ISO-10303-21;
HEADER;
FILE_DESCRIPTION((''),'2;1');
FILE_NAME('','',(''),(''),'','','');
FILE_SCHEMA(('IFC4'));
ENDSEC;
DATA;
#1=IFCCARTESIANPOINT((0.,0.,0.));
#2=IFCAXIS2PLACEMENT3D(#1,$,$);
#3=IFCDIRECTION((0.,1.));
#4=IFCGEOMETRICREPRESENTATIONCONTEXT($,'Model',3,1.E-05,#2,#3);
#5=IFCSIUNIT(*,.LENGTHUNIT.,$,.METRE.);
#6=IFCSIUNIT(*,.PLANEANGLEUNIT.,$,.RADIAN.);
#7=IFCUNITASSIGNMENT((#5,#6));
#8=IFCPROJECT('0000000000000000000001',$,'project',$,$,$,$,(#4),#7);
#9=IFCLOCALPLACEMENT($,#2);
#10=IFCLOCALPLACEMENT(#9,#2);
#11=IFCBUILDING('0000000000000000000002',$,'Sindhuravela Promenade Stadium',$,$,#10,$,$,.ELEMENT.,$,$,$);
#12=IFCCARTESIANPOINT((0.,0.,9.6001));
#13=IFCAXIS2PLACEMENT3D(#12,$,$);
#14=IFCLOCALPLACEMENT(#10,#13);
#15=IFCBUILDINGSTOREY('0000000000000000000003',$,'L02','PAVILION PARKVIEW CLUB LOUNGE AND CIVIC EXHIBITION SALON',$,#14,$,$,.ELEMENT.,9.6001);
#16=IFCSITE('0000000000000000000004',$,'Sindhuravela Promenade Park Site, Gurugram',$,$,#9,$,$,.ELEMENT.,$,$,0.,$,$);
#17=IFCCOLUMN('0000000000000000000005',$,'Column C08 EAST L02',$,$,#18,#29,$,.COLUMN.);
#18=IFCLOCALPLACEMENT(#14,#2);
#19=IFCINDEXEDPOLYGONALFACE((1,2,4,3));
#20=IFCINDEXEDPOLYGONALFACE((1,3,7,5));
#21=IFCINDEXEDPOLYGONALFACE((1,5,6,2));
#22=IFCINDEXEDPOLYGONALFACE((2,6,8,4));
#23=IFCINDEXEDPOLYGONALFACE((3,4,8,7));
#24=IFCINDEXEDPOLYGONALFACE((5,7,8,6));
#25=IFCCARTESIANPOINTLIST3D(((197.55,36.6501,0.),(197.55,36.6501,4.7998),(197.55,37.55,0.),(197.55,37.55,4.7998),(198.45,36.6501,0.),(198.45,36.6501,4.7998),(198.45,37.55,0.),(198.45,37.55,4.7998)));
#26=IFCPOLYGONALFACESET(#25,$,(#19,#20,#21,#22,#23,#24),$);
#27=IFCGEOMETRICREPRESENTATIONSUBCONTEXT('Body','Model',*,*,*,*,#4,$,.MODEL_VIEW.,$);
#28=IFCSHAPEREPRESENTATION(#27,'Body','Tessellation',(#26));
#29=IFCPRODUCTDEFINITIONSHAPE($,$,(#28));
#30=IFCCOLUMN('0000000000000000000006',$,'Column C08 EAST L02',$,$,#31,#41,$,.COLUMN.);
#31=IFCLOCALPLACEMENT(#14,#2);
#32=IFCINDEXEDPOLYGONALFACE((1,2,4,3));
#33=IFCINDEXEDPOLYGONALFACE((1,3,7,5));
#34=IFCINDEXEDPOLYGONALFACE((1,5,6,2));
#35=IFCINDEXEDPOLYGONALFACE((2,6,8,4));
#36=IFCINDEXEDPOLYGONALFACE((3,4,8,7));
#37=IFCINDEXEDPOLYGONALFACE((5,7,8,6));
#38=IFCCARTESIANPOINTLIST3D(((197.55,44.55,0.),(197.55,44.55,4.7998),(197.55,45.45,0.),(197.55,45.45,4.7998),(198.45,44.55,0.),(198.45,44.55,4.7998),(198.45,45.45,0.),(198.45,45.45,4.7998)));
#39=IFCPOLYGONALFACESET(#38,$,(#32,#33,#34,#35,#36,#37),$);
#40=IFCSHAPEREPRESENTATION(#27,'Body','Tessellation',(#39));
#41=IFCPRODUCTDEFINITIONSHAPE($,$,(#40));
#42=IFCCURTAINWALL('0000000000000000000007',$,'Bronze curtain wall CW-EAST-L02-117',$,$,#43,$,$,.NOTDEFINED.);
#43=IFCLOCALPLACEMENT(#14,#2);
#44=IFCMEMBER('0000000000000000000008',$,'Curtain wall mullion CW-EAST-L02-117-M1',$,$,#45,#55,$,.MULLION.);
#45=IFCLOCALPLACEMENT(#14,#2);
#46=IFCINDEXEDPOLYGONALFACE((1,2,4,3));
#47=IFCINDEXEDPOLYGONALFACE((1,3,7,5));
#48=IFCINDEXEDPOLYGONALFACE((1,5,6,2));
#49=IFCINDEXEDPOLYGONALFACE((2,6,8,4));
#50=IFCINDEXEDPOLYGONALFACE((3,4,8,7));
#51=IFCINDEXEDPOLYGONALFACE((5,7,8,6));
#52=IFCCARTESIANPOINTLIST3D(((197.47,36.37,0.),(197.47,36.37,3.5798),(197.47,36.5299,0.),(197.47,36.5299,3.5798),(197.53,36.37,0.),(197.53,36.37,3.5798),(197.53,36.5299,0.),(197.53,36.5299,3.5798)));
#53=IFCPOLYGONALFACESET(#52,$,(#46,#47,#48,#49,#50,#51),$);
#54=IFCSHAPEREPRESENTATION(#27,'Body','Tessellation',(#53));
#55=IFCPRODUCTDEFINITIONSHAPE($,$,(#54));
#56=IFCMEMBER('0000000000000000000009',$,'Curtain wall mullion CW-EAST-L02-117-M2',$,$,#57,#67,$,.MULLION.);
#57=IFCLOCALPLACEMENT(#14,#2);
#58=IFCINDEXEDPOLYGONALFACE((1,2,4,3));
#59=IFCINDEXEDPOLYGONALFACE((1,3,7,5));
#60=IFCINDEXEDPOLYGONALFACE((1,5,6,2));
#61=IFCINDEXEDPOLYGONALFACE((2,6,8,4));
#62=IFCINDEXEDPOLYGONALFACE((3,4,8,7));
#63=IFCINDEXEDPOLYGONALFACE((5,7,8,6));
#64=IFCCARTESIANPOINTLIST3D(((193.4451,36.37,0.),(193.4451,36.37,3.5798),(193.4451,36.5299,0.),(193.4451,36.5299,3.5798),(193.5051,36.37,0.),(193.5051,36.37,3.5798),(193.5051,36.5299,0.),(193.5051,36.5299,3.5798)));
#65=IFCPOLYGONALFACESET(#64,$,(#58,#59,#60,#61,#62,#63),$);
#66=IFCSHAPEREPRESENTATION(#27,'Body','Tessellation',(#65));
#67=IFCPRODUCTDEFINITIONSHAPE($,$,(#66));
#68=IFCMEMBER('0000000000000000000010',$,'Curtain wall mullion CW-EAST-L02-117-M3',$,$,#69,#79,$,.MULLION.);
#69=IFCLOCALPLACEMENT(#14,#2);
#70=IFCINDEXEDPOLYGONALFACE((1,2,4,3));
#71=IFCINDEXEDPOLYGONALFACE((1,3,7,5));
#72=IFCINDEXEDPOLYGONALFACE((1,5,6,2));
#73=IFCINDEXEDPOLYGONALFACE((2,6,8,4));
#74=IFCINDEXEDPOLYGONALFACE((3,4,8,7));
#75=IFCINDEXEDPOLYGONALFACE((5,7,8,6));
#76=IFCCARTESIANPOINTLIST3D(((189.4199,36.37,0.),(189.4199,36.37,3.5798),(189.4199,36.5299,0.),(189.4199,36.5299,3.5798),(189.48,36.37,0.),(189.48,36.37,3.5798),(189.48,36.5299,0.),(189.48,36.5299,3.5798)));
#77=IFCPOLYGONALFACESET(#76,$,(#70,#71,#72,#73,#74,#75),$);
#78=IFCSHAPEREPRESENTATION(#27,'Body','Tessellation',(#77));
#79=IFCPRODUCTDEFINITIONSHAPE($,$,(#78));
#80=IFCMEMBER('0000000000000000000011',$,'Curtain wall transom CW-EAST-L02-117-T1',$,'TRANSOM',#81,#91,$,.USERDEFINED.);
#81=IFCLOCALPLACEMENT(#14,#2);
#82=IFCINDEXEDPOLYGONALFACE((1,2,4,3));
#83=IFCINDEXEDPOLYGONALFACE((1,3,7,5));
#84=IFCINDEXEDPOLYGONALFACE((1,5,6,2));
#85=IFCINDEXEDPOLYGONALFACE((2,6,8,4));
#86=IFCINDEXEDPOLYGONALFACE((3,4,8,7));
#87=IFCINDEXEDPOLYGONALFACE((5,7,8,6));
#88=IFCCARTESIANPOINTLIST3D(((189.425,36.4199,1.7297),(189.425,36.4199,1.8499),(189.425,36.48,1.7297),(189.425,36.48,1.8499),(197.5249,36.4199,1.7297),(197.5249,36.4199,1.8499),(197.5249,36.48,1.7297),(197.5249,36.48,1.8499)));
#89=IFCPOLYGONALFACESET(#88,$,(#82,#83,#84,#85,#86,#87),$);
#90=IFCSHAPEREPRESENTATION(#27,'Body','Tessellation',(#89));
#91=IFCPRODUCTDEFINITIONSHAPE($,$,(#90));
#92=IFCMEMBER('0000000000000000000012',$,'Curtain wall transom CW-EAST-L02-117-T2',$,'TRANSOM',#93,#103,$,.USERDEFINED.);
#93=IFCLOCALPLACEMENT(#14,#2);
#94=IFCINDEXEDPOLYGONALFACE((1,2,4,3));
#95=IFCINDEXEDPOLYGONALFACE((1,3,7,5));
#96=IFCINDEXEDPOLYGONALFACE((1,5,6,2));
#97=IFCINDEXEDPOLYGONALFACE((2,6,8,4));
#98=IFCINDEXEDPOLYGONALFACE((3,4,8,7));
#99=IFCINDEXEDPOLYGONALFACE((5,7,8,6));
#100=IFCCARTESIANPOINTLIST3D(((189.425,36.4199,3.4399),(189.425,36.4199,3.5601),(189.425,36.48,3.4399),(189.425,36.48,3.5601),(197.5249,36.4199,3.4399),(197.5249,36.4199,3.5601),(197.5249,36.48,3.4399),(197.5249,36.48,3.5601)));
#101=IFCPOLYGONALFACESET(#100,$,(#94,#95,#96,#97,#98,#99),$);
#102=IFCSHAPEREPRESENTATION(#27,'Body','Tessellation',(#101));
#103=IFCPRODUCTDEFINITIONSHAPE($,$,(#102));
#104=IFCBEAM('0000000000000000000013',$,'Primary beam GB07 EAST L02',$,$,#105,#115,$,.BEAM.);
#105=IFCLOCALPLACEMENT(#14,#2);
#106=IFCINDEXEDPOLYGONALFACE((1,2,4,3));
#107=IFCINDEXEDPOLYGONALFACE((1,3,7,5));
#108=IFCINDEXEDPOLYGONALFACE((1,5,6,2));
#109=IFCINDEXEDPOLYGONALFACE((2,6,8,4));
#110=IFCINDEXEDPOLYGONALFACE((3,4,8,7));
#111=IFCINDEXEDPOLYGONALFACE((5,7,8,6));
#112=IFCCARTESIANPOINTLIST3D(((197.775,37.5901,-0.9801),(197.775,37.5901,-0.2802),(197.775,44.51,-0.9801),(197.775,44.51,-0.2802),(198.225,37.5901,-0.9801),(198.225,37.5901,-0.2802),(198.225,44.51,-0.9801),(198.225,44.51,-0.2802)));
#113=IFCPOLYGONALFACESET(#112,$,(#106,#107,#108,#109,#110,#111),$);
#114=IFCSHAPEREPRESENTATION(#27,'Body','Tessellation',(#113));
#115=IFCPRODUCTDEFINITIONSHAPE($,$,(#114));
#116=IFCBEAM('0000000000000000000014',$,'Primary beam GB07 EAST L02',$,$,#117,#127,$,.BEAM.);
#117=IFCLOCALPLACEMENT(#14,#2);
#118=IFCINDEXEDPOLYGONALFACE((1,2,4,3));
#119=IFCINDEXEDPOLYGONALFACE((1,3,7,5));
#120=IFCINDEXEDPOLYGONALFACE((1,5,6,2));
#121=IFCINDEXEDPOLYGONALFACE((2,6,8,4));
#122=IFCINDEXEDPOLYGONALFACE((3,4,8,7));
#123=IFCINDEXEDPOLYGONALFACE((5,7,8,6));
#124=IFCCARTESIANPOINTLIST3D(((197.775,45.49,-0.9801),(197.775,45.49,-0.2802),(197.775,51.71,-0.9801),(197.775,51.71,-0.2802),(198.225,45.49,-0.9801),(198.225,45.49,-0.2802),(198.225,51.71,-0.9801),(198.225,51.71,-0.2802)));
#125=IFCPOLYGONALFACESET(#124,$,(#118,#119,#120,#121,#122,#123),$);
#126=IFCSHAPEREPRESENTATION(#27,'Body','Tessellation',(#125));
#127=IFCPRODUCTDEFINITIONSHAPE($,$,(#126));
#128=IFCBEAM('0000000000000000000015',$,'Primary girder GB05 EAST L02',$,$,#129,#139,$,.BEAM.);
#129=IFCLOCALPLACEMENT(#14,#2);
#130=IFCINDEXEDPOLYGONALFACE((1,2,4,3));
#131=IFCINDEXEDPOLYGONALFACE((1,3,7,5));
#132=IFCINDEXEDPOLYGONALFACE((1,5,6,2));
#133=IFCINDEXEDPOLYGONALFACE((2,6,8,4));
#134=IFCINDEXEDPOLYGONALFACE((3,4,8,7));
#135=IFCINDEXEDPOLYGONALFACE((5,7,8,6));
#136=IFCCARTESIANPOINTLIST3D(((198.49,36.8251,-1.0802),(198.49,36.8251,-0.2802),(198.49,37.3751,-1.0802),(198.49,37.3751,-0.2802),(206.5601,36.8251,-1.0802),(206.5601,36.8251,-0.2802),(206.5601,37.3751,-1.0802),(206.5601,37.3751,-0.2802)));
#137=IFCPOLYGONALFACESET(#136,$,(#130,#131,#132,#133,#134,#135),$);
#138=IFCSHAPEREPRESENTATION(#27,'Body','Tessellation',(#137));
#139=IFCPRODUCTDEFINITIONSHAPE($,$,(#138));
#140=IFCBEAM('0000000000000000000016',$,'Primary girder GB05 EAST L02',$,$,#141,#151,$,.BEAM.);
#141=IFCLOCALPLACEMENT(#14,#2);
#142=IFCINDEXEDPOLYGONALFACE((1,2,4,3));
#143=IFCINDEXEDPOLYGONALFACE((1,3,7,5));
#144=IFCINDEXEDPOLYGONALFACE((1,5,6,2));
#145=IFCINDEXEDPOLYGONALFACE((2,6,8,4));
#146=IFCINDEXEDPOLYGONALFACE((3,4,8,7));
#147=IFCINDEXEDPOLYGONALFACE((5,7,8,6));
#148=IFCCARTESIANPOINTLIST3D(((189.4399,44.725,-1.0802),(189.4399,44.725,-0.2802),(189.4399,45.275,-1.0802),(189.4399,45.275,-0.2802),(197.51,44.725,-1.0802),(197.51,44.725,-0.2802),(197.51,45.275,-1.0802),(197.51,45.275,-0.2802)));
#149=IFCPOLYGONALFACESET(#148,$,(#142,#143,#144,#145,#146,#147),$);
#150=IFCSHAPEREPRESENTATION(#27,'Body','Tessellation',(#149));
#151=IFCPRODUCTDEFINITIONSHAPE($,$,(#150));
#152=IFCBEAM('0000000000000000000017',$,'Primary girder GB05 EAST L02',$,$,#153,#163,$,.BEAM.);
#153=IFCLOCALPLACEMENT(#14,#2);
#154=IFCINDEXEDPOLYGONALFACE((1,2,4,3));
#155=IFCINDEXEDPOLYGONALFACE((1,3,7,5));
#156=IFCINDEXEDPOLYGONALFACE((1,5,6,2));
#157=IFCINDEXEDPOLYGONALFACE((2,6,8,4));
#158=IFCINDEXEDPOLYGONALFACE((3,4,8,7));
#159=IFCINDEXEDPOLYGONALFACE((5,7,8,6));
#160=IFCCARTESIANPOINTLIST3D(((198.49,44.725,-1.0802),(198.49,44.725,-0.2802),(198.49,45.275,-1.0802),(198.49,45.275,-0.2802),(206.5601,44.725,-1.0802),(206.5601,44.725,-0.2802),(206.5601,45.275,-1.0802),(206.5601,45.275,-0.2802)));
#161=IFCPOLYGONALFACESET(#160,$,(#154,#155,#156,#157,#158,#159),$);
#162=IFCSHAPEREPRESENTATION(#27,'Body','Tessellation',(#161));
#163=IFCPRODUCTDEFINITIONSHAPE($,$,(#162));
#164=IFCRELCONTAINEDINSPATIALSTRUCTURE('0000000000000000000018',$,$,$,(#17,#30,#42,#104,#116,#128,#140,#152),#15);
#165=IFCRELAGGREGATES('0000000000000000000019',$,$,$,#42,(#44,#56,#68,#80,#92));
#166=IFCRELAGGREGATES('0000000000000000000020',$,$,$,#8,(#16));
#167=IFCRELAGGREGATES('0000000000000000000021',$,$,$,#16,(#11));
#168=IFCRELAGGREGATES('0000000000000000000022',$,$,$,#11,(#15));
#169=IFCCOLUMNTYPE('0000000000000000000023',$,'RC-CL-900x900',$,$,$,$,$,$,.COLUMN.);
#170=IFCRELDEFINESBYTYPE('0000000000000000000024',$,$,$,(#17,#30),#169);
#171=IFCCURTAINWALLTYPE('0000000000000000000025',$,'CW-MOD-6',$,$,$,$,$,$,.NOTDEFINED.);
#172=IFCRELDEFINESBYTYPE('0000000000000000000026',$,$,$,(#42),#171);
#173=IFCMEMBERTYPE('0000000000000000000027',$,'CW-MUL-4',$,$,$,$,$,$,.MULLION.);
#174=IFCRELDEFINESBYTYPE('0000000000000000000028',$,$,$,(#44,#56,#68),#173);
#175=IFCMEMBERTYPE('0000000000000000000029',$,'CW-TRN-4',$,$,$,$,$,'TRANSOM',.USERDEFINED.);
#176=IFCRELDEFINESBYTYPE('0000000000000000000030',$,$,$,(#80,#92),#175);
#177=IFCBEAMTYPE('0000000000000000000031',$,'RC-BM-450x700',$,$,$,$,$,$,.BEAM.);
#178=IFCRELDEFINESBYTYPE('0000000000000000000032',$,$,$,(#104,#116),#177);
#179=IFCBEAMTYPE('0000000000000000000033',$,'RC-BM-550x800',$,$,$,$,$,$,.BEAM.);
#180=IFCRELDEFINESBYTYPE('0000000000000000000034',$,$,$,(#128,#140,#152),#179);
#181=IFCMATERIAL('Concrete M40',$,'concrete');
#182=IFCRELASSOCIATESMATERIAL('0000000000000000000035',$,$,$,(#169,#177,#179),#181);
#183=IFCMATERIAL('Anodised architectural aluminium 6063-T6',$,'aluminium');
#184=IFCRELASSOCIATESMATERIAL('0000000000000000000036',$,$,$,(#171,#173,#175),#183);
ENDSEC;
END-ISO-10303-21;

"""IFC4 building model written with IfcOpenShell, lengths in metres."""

from ifc_helpers import new_model, si_unit, direction, frame, origin, origin_2d, place, context, subcontext, project, spatial, rectangle, extrude, material, material_profile, profile_set, type_object, element, aggregate, save


model = new_model("IFC4")

# Units and contexts
model_context = context("Model", 3, precision=1e-05, world=origin(), true_north=direction((0.0, 1.0)))
body_context = subcontext(model_context, "Body", "Model", "MODEL_VIEW")
ifc_project = project(units=[si_unit("LENGTHUNIT", "METRE"), si_unit("PLANEANGLEUNIT", "RADIAN")], contexts=[model_context])

# Site, building, storey
site_placement = place(None, origin())
site = spatial("IfcSite", under=ifc_project, at=site_placement, Name="Sindhuravela Promenade Park Site, Gurugram", CompositionType="ELEMENT", RefElevation=0.0)
building_placement = place(site_placement, origin())
building = spatial("IfcBuilding", under=site, at=building_placement, Name="Sindhuravela Promenade Stadium", CompositionType="ELEMENT")
storey_placement = place(building_placement, frame((0.0, 0.0, 9.6001)))
storey = spatial("IfcBuildingStorey", under=building, at=storey_placement, Name="L02", Description="PAVILION PARKVIEW CLUB LOUNGE AND CIVIC EXHIBITION SALON", CompositionType="ELEMENT", Elevation=9.6001)

# Columns
ifc_material_1 = material(Name="Concrete M40", Category="concrete")
ifc_material_profile_1 = material_profile(ifc_material_1, rectangle(XDim=0.8999, YDim=0.8999, at=origin_2d()), Name="RC 900x900")
ifc_profile_set_1 = profile_set([ifc_material_profile_1], Name="Concrete M40")
column_type = type_object("IfcColumnType", Name="RC-CL-900x900", PredefinedType="COLUMN", material=ifc_profile_set_1)
for number, where, z_axis, x_axis, name in (
    (1, (198.0, 37.1001, 0.0), (0.0, 0.0, 1.0), (1.0, 0.0, 0.0), "Column C08 EAST L02"),
    (2, (198.0, 45.0, 0.0), (0.0, 0.0, 1.0), (1.0, 0.0, 0.0), "Column C08 EAST L02"),
):
    element("IfcColumn", number, at=place(storey_placement, frame(where, z_axis=z_axis, x_axis=x_axis)), inside=storey, type_object=column_type, Name=name, PredefinedType="COLUMN", context=body_context, shape_type="SweptSolid", body=[
        extrude(rectangle(XDim=0.8999, YDim=0.8999, at=origin_2d()), origin(), (0.0, 0.0, 1.0), 4.7998),
    ])

# Curtain wall, members
ifc_material_2 = material(Name="Anodised architectural aluminium 6063-T6", Category="aluminium")
curtain_wall_type = type_object("IfcCurtainWallType", Name="CW-MOD-6", PredefinedType="NOTDEFINED", material=ifc_material_2)
curtain_wall_placement = place(storey_placement, origin())
curtain_wall = element("IfcCurtainWall", 3, at=curtain_wall_placement, inside=storey, type_object=curtain_wall_type, Name="Bronze curtain wall CW-EAST-L02-117", PredefinedType="NOTDEFINED")
ifc_material_profile_2 = material_profile(ifc_material_2, rectangle(XDim=0.0601, YDim=0.1599, at=origin_2d()), Name="ALU M60x160")
ifc_profile_set_2 = profile_set([ifc_material_profile_2], Name="Anodised architectural aluminium 6063-T6")
member_type_1 = type_object("IfcMemberType", Name="CW-MUL-4", PredefinedType="MULLION", material=ifc_profile_set_2)
member_1_placement = place(storey_placement, frame((197.5, 36.45, 0.0), z_axis=(0.0, 0.0, 1.0), x_axis=(1.0, 0.0, 0.0)))
member_1 = element("IfcMember", 4, at=member_1_placement, type_object=member_type_1, Name="Curtain wall mullion CW-EAST-L02-117-M1", PredefinedType="MULLION", context=body_context, shape_type="SweptSolid", body=[
    extrude(rectangle(XDim=0.0601, YDim=0.1599, at=origin_2d()), origin(), (0.0, 0.0, 1.0), 3.5798),
])
member_2_placement = place(storey_placement, frame((193.4751, 36.45, 0.0), z_axis=(0.0, 0.0, 1.0), x_axis=(1.0, 0.0, 0.0)))
member_2 = element("IfcMember", 5, at=member_2_placement, type_object=member_type_1, Name="Curtain wall mullion CW-EAST-L02-117-M2", PredefinedType="MULLION", context=body_context, shape_type="SweptSolid", body=[
    extrude(rectangle(XDim=0.0601, YDim=0.1599, at=origin_2d()), origin(), (0.0, 0.0, 1.0), 3.5798),
])
member_3_placement = place(storey_placement, frame((189.45, 36.45, 0.0), z_axis=(0.0, 0.0, 1.0), x_axis=(1.0, 0.0, 0.0)))
member_3 = element("IfcMember", 6, at=member_3_placement, type_object=member_type_1, Name="Curtain wall mullion CW-EAST-L02-117-M3", PredefinedType="MULLION", context=body_context, shape_type="SweptSolid", body=[
    extrude(rectangle(XDim=0.0601, YDim=0.1599, at=origin_2d()), origin(), (0.0, 0.0, 1.0), 3.5798),
])
ifc_material_profile_3 = material_profile(ifc_material_2, rectangle(XDim=0.0601, YDim=0.1201, at=origin_2d()), Name="ALU T60x120")
ifc_profile_set_3 = profile_set([ifc_material_profile_3], Name="Anodised architectural aluminium 6063-T6")
member_type_2 = type_object("IfcMemberType", Name="CW-TRN-4", ElementType="TRANSOM", PredefinedType="USERDEFINED", material=ifc_profile_set_3)
member_4_placement = place(storey_placement, frame((197.5249, 36.45, 1.7898), z_axis=(-1.0, 0.0, 0.0), x_axis=(0.0, -1.0, 0.0)))
member_4 = element("IfcMember", 7, at=member_4_placement, type_object=member_type_2, Name="Curtain wall transom CW-EAST-L02-117-T1", ObjectType="TRANSOM", PredefinedType="USERDEFINED", context=body_context, shape_type="SweptSolid", body=[
    extrude(rectangle(XDim=0.0601, YDim=0.1201, at=origin_2d()), origin(), (0.0, 0.0, 1.0), 8.0999),
])
member_5_placement = place(storey_placement, frame((197.5249, 36.45, 3.5), z_axis=(-1.0, 0.0, 0.0), x_axis=(0.0, -1.0, 0.0)))
member_5 = element("IfcMember", 8, at=member_5_placement, type_object=member_type_2, Name="Curtain wall transom CW-EAST-L02-117-T2", ObjectType="TRANSOM", PredefinedType="USERDEFINED", context=body_context, shape_type="SweptSolid", body=[
    extrude(rectangle(XDim=0.0601, YDim=0.1201, at=origin_2d()), origin(), (0.0, 0.0, 1.0), 8.0999),
])

# Beams
ifc_material_profile_4 = material_profile(ifc_material_1, rectangle(XDim=0.45, YDim=0.7, at=origin_2d()), Name="RC 450x700")
ifc_profile_set_4 = profile_set([ifc_material_profile_4], Name="Concrete M40")
beam_type_1 = type_object("IfcBeamType", Name="RC-BM-450x700", PredefinedType="BEAM", material=ifc_profile_set_4)
beam_1_placement = place(storey_placement, frame((198.0, 37.5901, -0.6301), z_axis=(0.0, 1.0, 0.0), x_axis=(-1.0, 0.0, 0.0)))
element("IfcBeam", 9, at=beam_1_placement, inside=storey, type_object=beam_type_1, Name="Primary beam GB07 EAST L02", PredefinedType="BEAM", context=body_context, shape_type="SweptSolid", body=[
    extrude(rectangle(XDim=0.45, YDim=0.7, at=origin_2d()), origin(), (0.0, 0.0, 1.0), 6.9199),
])
beam_2_placement = place(storey_placement, frame((198.0, 45.49, -0.6301), z_axis=(0.0, 1.0, 0.0), x_axis=(-1.0, 0.0, 0.0)))
element("IfcBeam", 10, at=beam_2_placement, inside=storey, type_object=beam_type_1, Name="Primary beam GB07 EAST L02", PredefinedType="BEAM", context=body_context, shape_type="SweptSolid", body=[
    extrude(rectangle(XDim=0.45, YDim=0.7, at=origin_2d()), origin(), (0.0, 0.0, 1.0), 6.22),
])
ifc_material_profile_5 = material_profile(ifc_material_1, rectangle(XDim=0.55, YDim=0.8, at=origin_2d()), Name="RC 550x800")
ifc_profile_set_5 = profile_set([ifc_material_profile_5], Name="Concrete M40")
beam_type_2 = type_object("IfcBeamType", Name="RC-BM-550x800", PredefinedType="BEAM", material=ifc_profile_set_5)
for number, where, z_axis, x_axis, name in (
    (11, (198.49, 37.1001, -0.6802), (1.0, 0.0, 0.0), (0.0, 1.0, 0.0), "Primary girder GB05 EAST L02"),
    (12, (189.4399, 45.0, -0.6802), (1.0, 0.0, 0.0), (0.0, 1.0, 0.0), "Primary girder GB05 EAST L02"),
    (13, (198.49, 45.0, -0.6802), (1.0, 0.0, 0.0), (0.0, 1.0, 0.0), "Primary girder GB05 EAST L02"),
):
    element("IfcBeam", number, at=place(storey_placement, frame(where, z_axis=z_axis, x_axis=x_axis)), inside=storey, type_object=beam_type_2, Name=name, PredefinedType="BEAM", context=body_context, shape_type="SweptSolid", body=[
        extrude(rectangle(XDim=0.55, YDim=0.8, at=origin_2d()), origin(), (0.0, 0.0, 1.0), 8.0701),
    ])

aggregate(curtain_wall, [member_1, member_2, member_3, member_4, member_5])

save(model, "model.ifc")
